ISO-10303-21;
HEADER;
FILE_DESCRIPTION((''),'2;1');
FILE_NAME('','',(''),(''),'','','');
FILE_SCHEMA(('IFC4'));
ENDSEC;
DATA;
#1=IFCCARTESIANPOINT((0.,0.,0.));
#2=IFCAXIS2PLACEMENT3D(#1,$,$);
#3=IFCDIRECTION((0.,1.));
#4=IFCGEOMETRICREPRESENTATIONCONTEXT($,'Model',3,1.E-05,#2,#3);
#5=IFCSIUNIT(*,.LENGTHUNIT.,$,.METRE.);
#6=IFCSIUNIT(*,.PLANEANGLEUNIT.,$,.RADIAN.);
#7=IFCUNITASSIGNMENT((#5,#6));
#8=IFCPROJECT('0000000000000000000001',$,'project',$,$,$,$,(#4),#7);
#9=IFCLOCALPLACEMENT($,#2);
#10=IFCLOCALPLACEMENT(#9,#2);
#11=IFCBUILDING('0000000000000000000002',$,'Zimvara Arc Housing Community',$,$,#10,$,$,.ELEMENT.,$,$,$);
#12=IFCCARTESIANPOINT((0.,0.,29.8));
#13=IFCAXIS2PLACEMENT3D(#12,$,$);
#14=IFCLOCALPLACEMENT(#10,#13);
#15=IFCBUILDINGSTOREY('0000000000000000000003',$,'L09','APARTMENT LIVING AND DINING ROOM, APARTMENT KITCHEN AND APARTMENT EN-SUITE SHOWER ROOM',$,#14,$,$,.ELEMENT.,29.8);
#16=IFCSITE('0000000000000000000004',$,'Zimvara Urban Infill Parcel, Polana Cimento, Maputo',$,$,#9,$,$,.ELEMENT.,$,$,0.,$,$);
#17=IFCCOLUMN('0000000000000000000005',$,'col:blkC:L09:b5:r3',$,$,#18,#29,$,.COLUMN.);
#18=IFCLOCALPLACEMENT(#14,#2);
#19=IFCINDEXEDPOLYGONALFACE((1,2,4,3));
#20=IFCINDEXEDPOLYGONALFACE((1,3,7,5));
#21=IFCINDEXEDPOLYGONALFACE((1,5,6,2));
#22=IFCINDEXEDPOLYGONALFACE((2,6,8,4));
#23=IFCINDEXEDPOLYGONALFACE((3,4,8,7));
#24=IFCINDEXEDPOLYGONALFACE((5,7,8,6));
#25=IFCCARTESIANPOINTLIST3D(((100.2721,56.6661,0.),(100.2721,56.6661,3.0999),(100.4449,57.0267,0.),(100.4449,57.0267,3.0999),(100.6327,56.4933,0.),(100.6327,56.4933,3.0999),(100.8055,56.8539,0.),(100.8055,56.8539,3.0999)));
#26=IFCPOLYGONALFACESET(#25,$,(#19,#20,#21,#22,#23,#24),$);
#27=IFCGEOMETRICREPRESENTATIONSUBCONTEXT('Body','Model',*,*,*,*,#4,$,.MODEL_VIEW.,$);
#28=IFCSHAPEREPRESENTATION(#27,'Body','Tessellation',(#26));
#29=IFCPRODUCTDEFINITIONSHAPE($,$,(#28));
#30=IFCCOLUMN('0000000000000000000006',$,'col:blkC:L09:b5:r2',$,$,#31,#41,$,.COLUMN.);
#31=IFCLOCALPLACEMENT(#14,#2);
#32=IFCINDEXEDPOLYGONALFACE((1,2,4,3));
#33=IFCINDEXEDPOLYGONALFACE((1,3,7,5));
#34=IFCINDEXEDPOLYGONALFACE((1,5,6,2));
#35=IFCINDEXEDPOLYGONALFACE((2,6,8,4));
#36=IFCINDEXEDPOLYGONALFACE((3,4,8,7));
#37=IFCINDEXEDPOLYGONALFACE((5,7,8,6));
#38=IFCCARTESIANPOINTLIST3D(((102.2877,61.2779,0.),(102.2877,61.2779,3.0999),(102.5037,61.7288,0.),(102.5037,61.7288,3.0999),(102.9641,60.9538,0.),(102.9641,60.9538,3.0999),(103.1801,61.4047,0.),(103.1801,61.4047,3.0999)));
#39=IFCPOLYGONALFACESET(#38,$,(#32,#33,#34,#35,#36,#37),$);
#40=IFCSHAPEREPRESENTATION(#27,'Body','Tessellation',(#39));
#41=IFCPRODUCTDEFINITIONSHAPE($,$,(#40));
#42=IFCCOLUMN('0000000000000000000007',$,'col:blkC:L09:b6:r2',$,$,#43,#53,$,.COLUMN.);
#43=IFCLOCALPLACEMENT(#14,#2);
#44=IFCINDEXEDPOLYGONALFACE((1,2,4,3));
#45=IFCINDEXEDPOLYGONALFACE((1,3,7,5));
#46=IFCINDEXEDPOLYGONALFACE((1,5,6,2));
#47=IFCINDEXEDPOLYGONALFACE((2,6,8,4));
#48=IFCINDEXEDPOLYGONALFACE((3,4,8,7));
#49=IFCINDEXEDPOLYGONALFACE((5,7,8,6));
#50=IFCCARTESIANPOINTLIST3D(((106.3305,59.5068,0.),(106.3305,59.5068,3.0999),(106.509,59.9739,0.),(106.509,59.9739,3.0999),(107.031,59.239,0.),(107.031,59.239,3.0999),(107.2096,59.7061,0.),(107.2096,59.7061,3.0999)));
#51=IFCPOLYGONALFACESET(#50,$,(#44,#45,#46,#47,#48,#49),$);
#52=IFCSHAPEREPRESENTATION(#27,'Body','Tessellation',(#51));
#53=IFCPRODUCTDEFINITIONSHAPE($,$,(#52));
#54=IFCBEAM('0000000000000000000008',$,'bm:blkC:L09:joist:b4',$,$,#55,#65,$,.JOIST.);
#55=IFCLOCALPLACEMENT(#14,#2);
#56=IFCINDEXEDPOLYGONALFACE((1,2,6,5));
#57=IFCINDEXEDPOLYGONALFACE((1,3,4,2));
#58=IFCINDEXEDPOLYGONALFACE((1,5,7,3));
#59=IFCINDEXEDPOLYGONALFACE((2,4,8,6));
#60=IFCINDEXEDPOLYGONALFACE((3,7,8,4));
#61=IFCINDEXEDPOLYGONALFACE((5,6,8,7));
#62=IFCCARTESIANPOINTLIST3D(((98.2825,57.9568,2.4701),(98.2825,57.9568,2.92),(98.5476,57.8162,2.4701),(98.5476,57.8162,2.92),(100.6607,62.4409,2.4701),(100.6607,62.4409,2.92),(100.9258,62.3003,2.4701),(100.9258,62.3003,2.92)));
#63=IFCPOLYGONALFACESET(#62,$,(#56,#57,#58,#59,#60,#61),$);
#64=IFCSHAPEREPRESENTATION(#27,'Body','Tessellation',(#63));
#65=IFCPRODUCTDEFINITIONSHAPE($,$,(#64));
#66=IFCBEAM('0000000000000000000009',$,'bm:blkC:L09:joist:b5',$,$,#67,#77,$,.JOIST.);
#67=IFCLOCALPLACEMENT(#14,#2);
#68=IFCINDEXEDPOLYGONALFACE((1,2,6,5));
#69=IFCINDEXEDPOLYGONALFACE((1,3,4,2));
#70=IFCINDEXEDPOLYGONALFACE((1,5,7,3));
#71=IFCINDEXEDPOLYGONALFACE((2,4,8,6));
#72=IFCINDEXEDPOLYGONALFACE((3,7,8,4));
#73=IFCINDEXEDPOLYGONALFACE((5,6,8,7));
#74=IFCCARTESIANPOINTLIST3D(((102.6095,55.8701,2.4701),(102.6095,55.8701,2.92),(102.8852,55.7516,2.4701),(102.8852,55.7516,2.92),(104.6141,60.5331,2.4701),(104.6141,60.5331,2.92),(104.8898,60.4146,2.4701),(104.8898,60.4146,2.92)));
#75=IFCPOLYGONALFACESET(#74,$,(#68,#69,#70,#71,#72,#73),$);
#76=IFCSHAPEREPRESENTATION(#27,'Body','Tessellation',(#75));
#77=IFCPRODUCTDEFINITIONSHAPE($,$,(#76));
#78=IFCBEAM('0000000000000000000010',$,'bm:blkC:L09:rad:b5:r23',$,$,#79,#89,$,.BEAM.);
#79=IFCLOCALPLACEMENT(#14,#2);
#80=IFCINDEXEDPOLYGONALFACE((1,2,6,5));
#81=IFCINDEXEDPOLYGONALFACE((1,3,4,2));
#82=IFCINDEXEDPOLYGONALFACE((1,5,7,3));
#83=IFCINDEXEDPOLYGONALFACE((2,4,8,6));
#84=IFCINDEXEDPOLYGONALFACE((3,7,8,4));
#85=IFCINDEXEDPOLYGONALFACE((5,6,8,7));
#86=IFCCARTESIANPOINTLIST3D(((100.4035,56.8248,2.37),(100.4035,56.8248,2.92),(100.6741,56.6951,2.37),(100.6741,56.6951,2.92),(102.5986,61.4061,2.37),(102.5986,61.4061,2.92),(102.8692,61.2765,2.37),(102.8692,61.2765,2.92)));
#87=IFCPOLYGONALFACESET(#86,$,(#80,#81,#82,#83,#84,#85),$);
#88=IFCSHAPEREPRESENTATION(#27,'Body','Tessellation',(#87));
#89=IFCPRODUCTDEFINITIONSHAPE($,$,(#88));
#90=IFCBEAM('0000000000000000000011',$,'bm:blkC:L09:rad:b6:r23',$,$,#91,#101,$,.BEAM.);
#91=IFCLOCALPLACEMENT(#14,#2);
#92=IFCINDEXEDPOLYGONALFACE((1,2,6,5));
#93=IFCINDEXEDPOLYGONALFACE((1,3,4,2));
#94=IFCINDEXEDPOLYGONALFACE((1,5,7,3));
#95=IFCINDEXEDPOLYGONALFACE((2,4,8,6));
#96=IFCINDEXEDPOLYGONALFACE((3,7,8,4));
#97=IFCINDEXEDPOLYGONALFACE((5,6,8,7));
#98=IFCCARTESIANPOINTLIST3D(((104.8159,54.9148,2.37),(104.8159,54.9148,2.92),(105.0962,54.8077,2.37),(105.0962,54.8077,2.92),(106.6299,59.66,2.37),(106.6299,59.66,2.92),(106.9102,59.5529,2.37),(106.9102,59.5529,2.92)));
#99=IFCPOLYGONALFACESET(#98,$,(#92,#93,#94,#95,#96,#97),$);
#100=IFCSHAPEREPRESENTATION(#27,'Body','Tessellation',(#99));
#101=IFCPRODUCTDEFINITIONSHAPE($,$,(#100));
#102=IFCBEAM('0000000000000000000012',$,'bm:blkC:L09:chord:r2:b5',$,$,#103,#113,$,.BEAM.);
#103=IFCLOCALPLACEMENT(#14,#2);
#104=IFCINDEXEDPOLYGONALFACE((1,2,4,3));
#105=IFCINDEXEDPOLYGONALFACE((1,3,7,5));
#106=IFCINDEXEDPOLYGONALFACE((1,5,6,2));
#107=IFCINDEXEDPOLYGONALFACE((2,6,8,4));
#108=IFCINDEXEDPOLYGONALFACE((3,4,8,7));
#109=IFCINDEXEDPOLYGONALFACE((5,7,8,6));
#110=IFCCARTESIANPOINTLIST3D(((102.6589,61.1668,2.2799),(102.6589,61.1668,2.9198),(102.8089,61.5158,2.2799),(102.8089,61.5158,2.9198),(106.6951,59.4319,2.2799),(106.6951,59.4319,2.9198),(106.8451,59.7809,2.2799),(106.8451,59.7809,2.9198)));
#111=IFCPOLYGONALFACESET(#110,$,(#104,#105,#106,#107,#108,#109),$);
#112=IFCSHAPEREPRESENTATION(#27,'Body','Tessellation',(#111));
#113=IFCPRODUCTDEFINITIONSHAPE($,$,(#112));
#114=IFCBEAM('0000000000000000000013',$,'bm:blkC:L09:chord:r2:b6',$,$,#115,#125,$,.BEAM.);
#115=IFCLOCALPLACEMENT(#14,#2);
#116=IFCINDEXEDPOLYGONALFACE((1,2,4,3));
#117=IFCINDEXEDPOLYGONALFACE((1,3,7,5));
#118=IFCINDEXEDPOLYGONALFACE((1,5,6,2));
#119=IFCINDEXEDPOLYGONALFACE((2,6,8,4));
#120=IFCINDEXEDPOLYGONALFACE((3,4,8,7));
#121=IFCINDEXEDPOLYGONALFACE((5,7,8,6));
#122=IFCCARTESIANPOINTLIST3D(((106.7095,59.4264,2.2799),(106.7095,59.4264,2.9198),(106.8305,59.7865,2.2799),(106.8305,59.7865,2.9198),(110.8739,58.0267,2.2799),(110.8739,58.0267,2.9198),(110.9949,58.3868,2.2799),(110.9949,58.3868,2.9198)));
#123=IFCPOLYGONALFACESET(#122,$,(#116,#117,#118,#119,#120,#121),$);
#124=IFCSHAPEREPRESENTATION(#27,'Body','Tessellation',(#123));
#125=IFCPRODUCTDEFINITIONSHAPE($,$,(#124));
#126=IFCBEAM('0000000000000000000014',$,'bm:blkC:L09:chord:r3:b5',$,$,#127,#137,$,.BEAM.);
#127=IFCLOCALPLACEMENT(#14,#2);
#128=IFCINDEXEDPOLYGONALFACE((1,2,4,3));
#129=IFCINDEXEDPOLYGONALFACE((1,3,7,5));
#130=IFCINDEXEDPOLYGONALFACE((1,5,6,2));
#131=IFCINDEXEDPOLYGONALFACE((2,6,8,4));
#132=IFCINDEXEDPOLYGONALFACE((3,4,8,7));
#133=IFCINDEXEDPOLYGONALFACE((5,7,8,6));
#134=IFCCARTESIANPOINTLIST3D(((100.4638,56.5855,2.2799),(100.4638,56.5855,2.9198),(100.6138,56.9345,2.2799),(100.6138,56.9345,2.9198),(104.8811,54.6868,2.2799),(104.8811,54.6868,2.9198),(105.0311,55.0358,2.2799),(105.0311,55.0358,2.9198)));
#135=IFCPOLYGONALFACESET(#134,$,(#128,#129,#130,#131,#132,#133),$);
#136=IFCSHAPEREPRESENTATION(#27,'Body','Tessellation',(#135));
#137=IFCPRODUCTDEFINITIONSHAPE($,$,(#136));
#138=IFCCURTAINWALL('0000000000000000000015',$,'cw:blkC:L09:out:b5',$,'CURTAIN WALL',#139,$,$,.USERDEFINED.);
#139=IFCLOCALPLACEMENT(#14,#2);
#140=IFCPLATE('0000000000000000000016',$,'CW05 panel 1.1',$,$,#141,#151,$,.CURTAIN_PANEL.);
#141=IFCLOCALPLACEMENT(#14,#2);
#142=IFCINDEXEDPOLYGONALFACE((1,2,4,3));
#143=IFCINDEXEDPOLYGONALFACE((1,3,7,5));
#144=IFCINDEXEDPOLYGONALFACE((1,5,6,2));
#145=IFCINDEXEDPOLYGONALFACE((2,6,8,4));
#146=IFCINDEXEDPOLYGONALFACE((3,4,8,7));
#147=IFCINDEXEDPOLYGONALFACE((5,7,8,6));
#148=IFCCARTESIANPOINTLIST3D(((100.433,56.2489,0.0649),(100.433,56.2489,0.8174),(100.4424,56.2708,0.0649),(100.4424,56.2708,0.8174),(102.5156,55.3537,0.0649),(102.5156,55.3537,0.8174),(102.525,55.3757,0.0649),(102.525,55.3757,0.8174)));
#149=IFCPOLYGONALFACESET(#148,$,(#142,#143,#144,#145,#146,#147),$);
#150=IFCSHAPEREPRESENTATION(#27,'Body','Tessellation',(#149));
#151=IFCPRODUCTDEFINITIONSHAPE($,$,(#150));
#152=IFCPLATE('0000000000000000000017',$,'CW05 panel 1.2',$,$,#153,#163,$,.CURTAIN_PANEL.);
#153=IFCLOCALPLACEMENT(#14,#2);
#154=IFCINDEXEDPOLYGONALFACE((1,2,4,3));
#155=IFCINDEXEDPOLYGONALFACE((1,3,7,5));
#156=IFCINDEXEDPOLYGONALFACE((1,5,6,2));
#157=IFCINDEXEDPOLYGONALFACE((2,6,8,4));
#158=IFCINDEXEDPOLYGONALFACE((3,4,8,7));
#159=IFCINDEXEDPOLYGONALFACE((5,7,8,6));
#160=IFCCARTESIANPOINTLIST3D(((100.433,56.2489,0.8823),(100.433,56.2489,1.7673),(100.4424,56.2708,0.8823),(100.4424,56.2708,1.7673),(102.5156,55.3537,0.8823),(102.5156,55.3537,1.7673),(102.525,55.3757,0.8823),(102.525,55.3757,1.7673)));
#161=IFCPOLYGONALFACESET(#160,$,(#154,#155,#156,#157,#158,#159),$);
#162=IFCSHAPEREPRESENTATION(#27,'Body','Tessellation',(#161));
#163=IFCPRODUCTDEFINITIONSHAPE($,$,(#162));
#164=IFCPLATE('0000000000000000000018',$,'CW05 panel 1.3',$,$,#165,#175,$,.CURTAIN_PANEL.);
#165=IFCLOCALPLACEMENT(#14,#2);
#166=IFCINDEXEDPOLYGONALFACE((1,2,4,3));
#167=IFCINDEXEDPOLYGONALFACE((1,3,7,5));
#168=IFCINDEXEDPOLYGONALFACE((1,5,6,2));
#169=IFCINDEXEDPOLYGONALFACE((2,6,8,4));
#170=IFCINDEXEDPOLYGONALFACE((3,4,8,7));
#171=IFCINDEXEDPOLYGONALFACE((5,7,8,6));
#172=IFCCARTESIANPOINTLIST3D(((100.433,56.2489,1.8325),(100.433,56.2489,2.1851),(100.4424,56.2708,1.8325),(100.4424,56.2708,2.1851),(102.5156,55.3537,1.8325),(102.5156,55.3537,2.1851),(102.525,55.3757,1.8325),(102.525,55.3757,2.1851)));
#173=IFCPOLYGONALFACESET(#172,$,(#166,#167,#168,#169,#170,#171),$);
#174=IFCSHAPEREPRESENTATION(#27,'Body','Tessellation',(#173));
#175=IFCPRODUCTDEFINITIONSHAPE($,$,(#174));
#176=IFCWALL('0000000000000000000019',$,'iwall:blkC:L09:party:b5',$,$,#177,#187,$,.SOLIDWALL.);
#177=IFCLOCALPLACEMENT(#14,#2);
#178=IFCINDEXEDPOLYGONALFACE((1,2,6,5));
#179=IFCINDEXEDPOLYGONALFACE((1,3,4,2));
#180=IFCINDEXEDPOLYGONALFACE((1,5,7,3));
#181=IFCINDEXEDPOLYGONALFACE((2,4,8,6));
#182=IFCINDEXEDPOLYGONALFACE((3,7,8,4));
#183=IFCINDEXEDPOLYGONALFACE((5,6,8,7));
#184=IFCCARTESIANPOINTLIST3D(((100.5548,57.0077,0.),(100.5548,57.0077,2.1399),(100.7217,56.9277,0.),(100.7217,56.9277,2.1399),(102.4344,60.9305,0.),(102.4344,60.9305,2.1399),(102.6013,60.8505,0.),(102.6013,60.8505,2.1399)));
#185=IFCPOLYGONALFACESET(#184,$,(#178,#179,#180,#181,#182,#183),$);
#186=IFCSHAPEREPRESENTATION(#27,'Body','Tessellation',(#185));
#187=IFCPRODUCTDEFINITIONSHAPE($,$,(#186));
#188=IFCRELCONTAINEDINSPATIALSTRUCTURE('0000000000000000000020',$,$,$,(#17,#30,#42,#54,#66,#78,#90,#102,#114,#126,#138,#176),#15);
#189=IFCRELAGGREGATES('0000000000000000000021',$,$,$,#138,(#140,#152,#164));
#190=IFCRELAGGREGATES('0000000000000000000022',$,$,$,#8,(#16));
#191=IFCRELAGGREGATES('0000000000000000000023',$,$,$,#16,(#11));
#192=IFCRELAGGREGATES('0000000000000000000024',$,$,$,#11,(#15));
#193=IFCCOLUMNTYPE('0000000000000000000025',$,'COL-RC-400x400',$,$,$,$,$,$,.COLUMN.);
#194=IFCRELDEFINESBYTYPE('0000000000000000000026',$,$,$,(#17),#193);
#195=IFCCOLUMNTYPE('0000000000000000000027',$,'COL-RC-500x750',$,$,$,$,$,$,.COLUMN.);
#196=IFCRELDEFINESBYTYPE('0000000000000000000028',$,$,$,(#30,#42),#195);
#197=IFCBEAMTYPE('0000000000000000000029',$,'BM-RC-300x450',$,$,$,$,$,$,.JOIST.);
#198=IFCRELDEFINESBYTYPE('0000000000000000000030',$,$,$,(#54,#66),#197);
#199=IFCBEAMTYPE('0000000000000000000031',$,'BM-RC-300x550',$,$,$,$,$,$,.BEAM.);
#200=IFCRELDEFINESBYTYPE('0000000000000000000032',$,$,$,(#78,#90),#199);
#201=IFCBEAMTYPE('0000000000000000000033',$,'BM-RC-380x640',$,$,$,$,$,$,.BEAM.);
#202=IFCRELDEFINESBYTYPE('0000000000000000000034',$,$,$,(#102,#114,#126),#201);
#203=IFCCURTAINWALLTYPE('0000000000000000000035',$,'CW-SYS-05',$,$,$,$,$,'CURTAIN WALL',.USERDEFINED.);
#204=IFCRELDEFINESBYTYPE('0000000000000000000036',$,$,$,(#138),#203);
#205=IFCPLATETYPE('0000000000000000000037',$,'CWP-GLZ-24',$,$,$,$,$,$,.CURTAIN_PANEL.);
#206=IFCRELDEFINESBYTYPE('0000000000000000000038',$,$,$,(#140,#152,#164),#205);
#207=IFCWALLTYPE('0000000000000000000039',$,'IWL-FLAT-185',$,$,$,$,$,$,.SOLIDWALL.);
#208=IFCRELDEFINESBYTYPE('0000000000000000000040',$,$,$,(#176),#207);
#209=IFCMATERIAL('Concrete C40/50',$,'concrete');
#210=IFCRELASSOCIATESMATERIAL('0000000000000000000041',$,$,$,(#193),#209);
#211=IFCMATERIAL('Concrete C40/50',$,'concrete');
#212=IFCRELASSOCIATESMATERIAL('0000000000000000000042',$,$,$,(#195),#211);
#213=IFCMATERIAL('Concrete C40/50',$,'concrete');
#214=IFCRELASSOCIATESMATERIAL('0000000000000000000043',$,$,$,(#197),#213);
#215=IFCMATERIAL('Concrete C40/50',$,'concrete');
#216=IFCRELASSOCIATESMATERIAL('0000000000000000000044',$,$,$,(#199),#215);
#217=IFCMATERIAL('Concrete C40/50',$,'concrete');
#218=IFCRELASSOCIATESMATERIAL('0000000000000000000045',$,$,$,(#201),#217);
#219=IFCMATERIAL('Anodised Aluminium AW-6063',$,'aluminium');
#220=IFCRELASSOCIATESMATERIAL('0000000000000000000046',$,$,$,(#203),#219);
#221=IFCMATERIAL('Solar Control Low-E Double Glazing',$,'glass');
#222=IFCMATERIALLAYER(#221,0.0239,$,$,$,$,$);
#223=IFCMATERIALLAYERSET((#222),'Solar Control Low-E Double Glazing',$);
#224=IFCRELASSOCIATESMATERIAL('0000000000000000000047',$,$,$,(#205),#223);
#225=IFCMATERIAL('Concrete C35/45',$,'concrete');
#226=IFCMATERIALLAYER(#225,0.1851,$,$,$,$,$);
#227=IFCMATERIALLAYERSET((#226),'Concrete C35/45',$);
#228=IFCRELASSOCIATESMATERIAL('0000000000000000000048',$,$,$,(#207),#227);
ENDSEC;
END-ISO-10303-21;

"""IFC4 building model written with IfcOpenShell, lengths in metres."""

from ifc_helpers import new_model, si_unit, direction, frame, frame_2d, origin, origin_2d, place, context, subcontext, project, spatial, rectangle, extrude, material, layer, layer_set, material_profile, profile_set, type_object, element, aggregate, save


model = new_model("IFC4")

# Units and contexts
model_context = context("Model", 3, precision=1e-05, world=origin(), true_north=direction((0.0, 1.0)))
body_context = subcontext(model_context, "Body", "Model", "MODEL_VIEW")
ifc_project = project(units=[si_unit("LENGTHUNIT", "METRE"), si_unit("PLANEANGLEUNIT", "RADIAN")], contexts=[model_context])

# Site, building, storey
site_placement = place(None, origin())
site = spatial("IfcSite", under=ifc_project, at=site_placement, Name="Zimvara Urban Infill Parcel, Polana Cimento, Maputo", CompositionType="ELEMENT", RefElevation=0.0)
building_placement = place(site_placement, origin())
building = spatial("IfcBuilding", under=site, at=building_placement, Name="Zimvara Arc Housing Community", CompositionType="ELEMENT")
storey_placement = place(building_placement, frame((0.0, 0.0, 29.8)))
storey = spatial("IfcBuildingStorey", under=building, at=storey_placement, Name="L09", Description="APARTMENT LIVING AND DINING ROOM, APARTMENT KITCHEN AND APARTMENT EN-SUITE SHOWER ROOM", CompositionType="ELEMENT", Elevation=29.8)

# Columns
ifc_material_1 = material(Name="Concrete C40/50", Category="concrete")
ifc_material_profile_1 = material_profile(ifc_material_1, rectangle(XDim=0.3999, YDim=0.3999, at=origin_2d()), Name="RC 400x400")
ifc_profile_set_1 = profile_set([ifc_material_profile_1], Name="Concrete C40/50")
column_type_1 = type_object("IfcColumnType", Name="COL-RC-400x400", PredefinedType="COLUMN", material=ifc_profile_set_1)
column_placement = place(storey_placement, frame((100.5388, 56.76, 0.0), z_axis=(0.0, 0.0, 1.0), x_axis=(-0.432086, -0.901833, 0.0)))
element("IfcColumn", 1, at=column_placement, inside=storey, type_object=column_type_1, Name="col:blkC:L09:b5:r3", PredefinedType="COLUMN", context=body_context, shape_type="SweptSolid", body=[
    extrude(rectangle(XDim=0.3999, YDim=0.3999, at=origin_2d()), origin(), (0.0, 0.0, 1.0), 3.0999),
])
ifc_material_2 = material(Name="Concrete C40/50", Category="concrete")
ifc_material_profile_2 = material_profile(ifc_material_2, rectangle(XDim=0.5, YDim=0.75, at=origin_2d()), Name="RC 500x750")
ifc_profile_set_2 = profile_set([ifc_material_profile_2], Name="Concrete C40/50")
column_type_2 = type_object("IfcColumnType", Name="COL-RC-500x750", PredefinedType="COLUMN", material=ifc_profile_set_2)
for number, where, z_axis, x_axis, name in (
    (2, (102.7339, 61.3413, 0.0), (0.0, 0.0, 1.0), (-0.432086, -0.901833, 0.0), "col:blkC:L09:b5:r2"),
    (3, (106.77, 59.6064, 0.0), (0.0, 0.0, 1.0), (-0.357064, -0.93408, 0.0), "col:blkC:L09:b6:r2"),
):
    element("IfcColumn", number, at=place(storey_placement, frame(where, z_axis=z_axis, x_axis=x_axis)), inside=storey, type_object=column_type_2, Name=name, PredefinedType="COLUMN", context=body_context, shape_type="SweptSolid", body=[
        extrude(rectangle(XDim=0.5, YDim=0.75, at=origin_2d()), origin(), (0.0, 0.0, 1.0), 3.0999),
    ])

# Beams
ifc_material_3 = material(Name="Concrete C40/50", Category="concrete")
ifc_material_profile_3 = material_profile(ifc_material_3, rectangle(XDim=0.3, YDim=0.45, at=origin_2d()), Name="RC 300x450")
ifc_profile_set_3 = profile_set([ifc_material_profile_3], Name="Concrete C40/50")
beam_type_1 = type_object("IfcBeamType", Name="BM-RC-300x450", PredefinedType="JOIST", material=ifc_profile_set_3)
for number, where, z_axis, x_axis, name in (
    (4, (100.7932, 62.3706, 2.6951), (-0.468537, -0.883444, 0.0), (0.883444, -0.468537, 0.0), "bm:blkC:L09:joist:b4"),
    (5, (104.752, 60.4739, 2.6951), (-0.394947, -0.918704, 0.0), (0.918704, -0.394947, 0.0), "bm:blkC:L09:joist:b5"),
):
    element("IfcBeam", number, at=place(storey_placement, frame(where, z_axis=z_axis, x_axis=x_axis)), inside=storey, type_object=beam_type_1, Name=name, PredefinedType="JOIST", context=body_context, shape_type="SweptSolid", body=[
        extrude(rectangle(XDim=0.3, YDim=0.45, at=origin_2d()), origin(), (0.0, 0.0, 1.0), 5.0757),
    ])
ifc_material_4 = material(Name="Concrete C40/50", Category="concrete")
ifc_material_profile_4 = material_profile(ifc_material_4, rectangle(XDim=0.3, YDim=0.55, at=origin_2d()), Name="RC 300x550")
ifc_profile_set_4 = profile_set([ifc_material_profile_4], Name="Concrete C40/50")
beam_type_2 = type_object("IfcBeamType", Name="BM-RC-300x550", PredefinedType="BEAM", material=ifc_profile_set_4)
for number, where, z_axis, x_axis, name in (
    (6, (102.7339, 61.3413, 2.645), (-0.432098, -0.901827, 0.0), (0.901827, -0.432098, 0.0), "bm:blkC:L09:rad:b5:r23"),
    (7, (106.77, 59.6064, 2.645), (-0.357078, -0.934074, 0.0), (0.934074, -0.357078, 0.0), "bm:blkC:L09:rad:b6:r23"),
):
    element("IfcBeam", number, at=place(storey_placement, frame(where, z_axis=z_axis, x_axis=x_axis)), inside=storey, type_object=beam_type_2, Name=name, PredefinedType="BEAM", context=body_context, shape_type="SweptSolid", body=[
        extrude(rectangle(XDim=0.3, YDim=0.55, at=origin_2d()), origin(), (0.0, 0.0, 1.0), 5.0801),
    ])
ifc_material_5 = material(Name="Concrete C40/50", Category="concrete")
ifc_material_profile_5 = material_profile(ifc_material_5, rectangle(XDim=0.3799, YDim=0.6399, at=origin_2d()), Name="RC 380x640")
ifc_profile_set_5 = profile_set([ifc_material_profile_5], Name="Concrete C40/50")
beam_type_3 = type_object("IfcBeamType", Name="BM-RC-380x640", PredefinedType="BEAM", material=ifc_profile_set_5)
for number, where, z_axis, x_axis, name in (
    (8, (102.7339, 61.3413, 2.5999), (0.918725, -0.394898, 0.0), (0.394898, 0.918725, 0.0), "bm:blkC:L09:chord:r2:b5"),
    (9, (106.77, 59.6064, 2.5999), (0.947891, -0.318594, 0.0), (0.318594, 0.947891, 0.0), "bm:blkC:L09:chord:r2:b6"),
):
    element("IfcBeam", number, at=place(storey_placement, frame(where, z_axis=z_axis, x_axis=x_axis)), inside=storey, type_object=beam_type_3, Name=name, PredefinedType="BEAM", context=body_context, shape_type="SweptSolid", body=[
        extrude(rectangle(XDim=0.3799, YDim=0.6399, at=origin_2d()), origin(), (0.0, 0.0, 1.0), 4.3933),
    ])
beam_placement = place(storey_placement, frame((100.5388, 56.76, 2.5999), z_axis=(0.918724, -0.3949, 0.0), x_axis=(0.3949, 0.918724, 0.0)))
element("IfcBeam", 10, at=beam_placement, inside=storey, type_object=beam_type_3, Name="bm:blkC:L09:chord:r3:b5", PredefinedType="BEAM", context=body_context, shape_type="SweptSolid", body=[
    extrude(rectangle(XDim=0.3799, YDim=0.6399, at=origin_2d()), origin(), (0.0, 0.0, 1.0), 4.8081),
])

# Curtain wall, plates
ifc_material_6 = material(Name="Anodised Aluminium AW-6063", Category="aluminium")
curtain_wall_type = type_object("IfcCurtainWallType", Name="CW-SYS-05", ElementType="CURTAIN WALL", PredefinedType="USERDEFINED", material=ifc_material_6)
curtain_wall_placement = place(storey_placement, origin())
curtain_wall = element("IfcCurtainWall", 11, at=curtain_wall_placement, inside=storey, type_object=curtain_wall_type, Name="cw:blkC:L09:out:b5", ObjectType="CURTAIN WALL", PredefinedType="USERDEFINED")
ifc_material_7 = material(Name="Solar Control Low-E Double Glazing", Category="glass")
ifc_layer_1 = layer(ifc_material_7, 0.0239)
ifc_layer_set_1 = layer_set([ifc_layer_1], Name="Solar Control Low-E Double Glazing")
plate_type = type_object("IfcPlateType", Name="CWP-GLZ-24", PredefinedType="CURTAIN_PANEL", material=ifc_layer_set_1)
plate_1_placement = place(storey_placement, frame((101.479, 55.8123, 0.0649), z_axis=(0.0, 0.0, 1.0), x_axis=(0.918722, -0.394904, 0.0)))
plate_1 = element("IfcPlate", 12, at=plate_1_placement, type_object=plate_type, Name="CW05 panel 1.1", PredefinedType="CURTAIN_PANEL", context=body_context, shape_type="SweptSolid", body=[
    extrude(rectangle(XDim=2.2668, YDim=0.0239, at=origin_2d()), origin(), (0.0, 0.0, 1.0), 0.7524),
])
plate_2_placement = place(storey_placement, frame((101.479, 55.8123, 0.8823), z_axis=(0.0, 0.0, 1.0), x_axis=(0.918722, -0.394904, 0.0)))
plate_2 = element("IfcPlate", 13, at=plate_2_placement, type_object=plate_type, Name="CW05 panel 1.2", PredefinedType="CURTAIN_PANEL", context=body_context, shape_type="SweptSolid", body=[
    extrude(rectangle(XDim=2.2668, YDim=0.0239, at=origin_2d()), origin(), (0.0, 0.0, 1.0), 0.885),
])
plate_3_placement = place(storey_placement, frame((101.479, 55.8123, 1.8325), z_axis=(0.0, 0.0, 1.0), x_axis=(0.918722, -0.394904, 0.0)))
plate_3 = element("IfcPlate", 14, at=plate_3_placement, type_object=plate_type, Name="CW05 panel 1.3", PredefinedType="CURTAIN_PANEL", context=body_context, shape_type="SweptSolid", body=[
    extrude(rectangle(XDim=2.2668, YDim=0.0239, at=origin_2d()), origin(), (0.0, 0.0, 1.0), 0.3525),
])
aggregate(curtain_wall, [plate_1, plate_2, plate_3])

# Wall
ifc_material_8 = material(Name="Concrete C35/45", Category="concrete")
ifc_layer_2 = layer(ifc_material_8, 0.1851)
ifc_layer_set_2 = layer_set([ifc_layer_2], Name="Concrete C35/45")
wall_type_1 = type_object("IfcWallType", Name="IWL-FLAT-185", PredefinedType="SOLIDWALL", material=ifc_layer_set_2)
wall_1_placement = place(storey_placement, frame((102.5178, 60.8904, 0.0), z_axis=(0.0, 0.0, 1.0), x_axis=(-0.432109, -0.901821, 0.0)))
element("IfcWall", 15, at=wall_1_placement, inside=storey, type_object=wall_type_1, Name="iwall:blkC:L09:party:b5", PredefinedType="SOLIDWALL", context=body_context, shape_type="SweptSolid", body=[
    extrude(rectangle(XDim=4.3499, YDim=0.1851, at=frame_2d((2.1748, 0.0))), origin(), (0.0, 0.0, 1.0), 2.1399),
])

save(model, "model.ifc")
